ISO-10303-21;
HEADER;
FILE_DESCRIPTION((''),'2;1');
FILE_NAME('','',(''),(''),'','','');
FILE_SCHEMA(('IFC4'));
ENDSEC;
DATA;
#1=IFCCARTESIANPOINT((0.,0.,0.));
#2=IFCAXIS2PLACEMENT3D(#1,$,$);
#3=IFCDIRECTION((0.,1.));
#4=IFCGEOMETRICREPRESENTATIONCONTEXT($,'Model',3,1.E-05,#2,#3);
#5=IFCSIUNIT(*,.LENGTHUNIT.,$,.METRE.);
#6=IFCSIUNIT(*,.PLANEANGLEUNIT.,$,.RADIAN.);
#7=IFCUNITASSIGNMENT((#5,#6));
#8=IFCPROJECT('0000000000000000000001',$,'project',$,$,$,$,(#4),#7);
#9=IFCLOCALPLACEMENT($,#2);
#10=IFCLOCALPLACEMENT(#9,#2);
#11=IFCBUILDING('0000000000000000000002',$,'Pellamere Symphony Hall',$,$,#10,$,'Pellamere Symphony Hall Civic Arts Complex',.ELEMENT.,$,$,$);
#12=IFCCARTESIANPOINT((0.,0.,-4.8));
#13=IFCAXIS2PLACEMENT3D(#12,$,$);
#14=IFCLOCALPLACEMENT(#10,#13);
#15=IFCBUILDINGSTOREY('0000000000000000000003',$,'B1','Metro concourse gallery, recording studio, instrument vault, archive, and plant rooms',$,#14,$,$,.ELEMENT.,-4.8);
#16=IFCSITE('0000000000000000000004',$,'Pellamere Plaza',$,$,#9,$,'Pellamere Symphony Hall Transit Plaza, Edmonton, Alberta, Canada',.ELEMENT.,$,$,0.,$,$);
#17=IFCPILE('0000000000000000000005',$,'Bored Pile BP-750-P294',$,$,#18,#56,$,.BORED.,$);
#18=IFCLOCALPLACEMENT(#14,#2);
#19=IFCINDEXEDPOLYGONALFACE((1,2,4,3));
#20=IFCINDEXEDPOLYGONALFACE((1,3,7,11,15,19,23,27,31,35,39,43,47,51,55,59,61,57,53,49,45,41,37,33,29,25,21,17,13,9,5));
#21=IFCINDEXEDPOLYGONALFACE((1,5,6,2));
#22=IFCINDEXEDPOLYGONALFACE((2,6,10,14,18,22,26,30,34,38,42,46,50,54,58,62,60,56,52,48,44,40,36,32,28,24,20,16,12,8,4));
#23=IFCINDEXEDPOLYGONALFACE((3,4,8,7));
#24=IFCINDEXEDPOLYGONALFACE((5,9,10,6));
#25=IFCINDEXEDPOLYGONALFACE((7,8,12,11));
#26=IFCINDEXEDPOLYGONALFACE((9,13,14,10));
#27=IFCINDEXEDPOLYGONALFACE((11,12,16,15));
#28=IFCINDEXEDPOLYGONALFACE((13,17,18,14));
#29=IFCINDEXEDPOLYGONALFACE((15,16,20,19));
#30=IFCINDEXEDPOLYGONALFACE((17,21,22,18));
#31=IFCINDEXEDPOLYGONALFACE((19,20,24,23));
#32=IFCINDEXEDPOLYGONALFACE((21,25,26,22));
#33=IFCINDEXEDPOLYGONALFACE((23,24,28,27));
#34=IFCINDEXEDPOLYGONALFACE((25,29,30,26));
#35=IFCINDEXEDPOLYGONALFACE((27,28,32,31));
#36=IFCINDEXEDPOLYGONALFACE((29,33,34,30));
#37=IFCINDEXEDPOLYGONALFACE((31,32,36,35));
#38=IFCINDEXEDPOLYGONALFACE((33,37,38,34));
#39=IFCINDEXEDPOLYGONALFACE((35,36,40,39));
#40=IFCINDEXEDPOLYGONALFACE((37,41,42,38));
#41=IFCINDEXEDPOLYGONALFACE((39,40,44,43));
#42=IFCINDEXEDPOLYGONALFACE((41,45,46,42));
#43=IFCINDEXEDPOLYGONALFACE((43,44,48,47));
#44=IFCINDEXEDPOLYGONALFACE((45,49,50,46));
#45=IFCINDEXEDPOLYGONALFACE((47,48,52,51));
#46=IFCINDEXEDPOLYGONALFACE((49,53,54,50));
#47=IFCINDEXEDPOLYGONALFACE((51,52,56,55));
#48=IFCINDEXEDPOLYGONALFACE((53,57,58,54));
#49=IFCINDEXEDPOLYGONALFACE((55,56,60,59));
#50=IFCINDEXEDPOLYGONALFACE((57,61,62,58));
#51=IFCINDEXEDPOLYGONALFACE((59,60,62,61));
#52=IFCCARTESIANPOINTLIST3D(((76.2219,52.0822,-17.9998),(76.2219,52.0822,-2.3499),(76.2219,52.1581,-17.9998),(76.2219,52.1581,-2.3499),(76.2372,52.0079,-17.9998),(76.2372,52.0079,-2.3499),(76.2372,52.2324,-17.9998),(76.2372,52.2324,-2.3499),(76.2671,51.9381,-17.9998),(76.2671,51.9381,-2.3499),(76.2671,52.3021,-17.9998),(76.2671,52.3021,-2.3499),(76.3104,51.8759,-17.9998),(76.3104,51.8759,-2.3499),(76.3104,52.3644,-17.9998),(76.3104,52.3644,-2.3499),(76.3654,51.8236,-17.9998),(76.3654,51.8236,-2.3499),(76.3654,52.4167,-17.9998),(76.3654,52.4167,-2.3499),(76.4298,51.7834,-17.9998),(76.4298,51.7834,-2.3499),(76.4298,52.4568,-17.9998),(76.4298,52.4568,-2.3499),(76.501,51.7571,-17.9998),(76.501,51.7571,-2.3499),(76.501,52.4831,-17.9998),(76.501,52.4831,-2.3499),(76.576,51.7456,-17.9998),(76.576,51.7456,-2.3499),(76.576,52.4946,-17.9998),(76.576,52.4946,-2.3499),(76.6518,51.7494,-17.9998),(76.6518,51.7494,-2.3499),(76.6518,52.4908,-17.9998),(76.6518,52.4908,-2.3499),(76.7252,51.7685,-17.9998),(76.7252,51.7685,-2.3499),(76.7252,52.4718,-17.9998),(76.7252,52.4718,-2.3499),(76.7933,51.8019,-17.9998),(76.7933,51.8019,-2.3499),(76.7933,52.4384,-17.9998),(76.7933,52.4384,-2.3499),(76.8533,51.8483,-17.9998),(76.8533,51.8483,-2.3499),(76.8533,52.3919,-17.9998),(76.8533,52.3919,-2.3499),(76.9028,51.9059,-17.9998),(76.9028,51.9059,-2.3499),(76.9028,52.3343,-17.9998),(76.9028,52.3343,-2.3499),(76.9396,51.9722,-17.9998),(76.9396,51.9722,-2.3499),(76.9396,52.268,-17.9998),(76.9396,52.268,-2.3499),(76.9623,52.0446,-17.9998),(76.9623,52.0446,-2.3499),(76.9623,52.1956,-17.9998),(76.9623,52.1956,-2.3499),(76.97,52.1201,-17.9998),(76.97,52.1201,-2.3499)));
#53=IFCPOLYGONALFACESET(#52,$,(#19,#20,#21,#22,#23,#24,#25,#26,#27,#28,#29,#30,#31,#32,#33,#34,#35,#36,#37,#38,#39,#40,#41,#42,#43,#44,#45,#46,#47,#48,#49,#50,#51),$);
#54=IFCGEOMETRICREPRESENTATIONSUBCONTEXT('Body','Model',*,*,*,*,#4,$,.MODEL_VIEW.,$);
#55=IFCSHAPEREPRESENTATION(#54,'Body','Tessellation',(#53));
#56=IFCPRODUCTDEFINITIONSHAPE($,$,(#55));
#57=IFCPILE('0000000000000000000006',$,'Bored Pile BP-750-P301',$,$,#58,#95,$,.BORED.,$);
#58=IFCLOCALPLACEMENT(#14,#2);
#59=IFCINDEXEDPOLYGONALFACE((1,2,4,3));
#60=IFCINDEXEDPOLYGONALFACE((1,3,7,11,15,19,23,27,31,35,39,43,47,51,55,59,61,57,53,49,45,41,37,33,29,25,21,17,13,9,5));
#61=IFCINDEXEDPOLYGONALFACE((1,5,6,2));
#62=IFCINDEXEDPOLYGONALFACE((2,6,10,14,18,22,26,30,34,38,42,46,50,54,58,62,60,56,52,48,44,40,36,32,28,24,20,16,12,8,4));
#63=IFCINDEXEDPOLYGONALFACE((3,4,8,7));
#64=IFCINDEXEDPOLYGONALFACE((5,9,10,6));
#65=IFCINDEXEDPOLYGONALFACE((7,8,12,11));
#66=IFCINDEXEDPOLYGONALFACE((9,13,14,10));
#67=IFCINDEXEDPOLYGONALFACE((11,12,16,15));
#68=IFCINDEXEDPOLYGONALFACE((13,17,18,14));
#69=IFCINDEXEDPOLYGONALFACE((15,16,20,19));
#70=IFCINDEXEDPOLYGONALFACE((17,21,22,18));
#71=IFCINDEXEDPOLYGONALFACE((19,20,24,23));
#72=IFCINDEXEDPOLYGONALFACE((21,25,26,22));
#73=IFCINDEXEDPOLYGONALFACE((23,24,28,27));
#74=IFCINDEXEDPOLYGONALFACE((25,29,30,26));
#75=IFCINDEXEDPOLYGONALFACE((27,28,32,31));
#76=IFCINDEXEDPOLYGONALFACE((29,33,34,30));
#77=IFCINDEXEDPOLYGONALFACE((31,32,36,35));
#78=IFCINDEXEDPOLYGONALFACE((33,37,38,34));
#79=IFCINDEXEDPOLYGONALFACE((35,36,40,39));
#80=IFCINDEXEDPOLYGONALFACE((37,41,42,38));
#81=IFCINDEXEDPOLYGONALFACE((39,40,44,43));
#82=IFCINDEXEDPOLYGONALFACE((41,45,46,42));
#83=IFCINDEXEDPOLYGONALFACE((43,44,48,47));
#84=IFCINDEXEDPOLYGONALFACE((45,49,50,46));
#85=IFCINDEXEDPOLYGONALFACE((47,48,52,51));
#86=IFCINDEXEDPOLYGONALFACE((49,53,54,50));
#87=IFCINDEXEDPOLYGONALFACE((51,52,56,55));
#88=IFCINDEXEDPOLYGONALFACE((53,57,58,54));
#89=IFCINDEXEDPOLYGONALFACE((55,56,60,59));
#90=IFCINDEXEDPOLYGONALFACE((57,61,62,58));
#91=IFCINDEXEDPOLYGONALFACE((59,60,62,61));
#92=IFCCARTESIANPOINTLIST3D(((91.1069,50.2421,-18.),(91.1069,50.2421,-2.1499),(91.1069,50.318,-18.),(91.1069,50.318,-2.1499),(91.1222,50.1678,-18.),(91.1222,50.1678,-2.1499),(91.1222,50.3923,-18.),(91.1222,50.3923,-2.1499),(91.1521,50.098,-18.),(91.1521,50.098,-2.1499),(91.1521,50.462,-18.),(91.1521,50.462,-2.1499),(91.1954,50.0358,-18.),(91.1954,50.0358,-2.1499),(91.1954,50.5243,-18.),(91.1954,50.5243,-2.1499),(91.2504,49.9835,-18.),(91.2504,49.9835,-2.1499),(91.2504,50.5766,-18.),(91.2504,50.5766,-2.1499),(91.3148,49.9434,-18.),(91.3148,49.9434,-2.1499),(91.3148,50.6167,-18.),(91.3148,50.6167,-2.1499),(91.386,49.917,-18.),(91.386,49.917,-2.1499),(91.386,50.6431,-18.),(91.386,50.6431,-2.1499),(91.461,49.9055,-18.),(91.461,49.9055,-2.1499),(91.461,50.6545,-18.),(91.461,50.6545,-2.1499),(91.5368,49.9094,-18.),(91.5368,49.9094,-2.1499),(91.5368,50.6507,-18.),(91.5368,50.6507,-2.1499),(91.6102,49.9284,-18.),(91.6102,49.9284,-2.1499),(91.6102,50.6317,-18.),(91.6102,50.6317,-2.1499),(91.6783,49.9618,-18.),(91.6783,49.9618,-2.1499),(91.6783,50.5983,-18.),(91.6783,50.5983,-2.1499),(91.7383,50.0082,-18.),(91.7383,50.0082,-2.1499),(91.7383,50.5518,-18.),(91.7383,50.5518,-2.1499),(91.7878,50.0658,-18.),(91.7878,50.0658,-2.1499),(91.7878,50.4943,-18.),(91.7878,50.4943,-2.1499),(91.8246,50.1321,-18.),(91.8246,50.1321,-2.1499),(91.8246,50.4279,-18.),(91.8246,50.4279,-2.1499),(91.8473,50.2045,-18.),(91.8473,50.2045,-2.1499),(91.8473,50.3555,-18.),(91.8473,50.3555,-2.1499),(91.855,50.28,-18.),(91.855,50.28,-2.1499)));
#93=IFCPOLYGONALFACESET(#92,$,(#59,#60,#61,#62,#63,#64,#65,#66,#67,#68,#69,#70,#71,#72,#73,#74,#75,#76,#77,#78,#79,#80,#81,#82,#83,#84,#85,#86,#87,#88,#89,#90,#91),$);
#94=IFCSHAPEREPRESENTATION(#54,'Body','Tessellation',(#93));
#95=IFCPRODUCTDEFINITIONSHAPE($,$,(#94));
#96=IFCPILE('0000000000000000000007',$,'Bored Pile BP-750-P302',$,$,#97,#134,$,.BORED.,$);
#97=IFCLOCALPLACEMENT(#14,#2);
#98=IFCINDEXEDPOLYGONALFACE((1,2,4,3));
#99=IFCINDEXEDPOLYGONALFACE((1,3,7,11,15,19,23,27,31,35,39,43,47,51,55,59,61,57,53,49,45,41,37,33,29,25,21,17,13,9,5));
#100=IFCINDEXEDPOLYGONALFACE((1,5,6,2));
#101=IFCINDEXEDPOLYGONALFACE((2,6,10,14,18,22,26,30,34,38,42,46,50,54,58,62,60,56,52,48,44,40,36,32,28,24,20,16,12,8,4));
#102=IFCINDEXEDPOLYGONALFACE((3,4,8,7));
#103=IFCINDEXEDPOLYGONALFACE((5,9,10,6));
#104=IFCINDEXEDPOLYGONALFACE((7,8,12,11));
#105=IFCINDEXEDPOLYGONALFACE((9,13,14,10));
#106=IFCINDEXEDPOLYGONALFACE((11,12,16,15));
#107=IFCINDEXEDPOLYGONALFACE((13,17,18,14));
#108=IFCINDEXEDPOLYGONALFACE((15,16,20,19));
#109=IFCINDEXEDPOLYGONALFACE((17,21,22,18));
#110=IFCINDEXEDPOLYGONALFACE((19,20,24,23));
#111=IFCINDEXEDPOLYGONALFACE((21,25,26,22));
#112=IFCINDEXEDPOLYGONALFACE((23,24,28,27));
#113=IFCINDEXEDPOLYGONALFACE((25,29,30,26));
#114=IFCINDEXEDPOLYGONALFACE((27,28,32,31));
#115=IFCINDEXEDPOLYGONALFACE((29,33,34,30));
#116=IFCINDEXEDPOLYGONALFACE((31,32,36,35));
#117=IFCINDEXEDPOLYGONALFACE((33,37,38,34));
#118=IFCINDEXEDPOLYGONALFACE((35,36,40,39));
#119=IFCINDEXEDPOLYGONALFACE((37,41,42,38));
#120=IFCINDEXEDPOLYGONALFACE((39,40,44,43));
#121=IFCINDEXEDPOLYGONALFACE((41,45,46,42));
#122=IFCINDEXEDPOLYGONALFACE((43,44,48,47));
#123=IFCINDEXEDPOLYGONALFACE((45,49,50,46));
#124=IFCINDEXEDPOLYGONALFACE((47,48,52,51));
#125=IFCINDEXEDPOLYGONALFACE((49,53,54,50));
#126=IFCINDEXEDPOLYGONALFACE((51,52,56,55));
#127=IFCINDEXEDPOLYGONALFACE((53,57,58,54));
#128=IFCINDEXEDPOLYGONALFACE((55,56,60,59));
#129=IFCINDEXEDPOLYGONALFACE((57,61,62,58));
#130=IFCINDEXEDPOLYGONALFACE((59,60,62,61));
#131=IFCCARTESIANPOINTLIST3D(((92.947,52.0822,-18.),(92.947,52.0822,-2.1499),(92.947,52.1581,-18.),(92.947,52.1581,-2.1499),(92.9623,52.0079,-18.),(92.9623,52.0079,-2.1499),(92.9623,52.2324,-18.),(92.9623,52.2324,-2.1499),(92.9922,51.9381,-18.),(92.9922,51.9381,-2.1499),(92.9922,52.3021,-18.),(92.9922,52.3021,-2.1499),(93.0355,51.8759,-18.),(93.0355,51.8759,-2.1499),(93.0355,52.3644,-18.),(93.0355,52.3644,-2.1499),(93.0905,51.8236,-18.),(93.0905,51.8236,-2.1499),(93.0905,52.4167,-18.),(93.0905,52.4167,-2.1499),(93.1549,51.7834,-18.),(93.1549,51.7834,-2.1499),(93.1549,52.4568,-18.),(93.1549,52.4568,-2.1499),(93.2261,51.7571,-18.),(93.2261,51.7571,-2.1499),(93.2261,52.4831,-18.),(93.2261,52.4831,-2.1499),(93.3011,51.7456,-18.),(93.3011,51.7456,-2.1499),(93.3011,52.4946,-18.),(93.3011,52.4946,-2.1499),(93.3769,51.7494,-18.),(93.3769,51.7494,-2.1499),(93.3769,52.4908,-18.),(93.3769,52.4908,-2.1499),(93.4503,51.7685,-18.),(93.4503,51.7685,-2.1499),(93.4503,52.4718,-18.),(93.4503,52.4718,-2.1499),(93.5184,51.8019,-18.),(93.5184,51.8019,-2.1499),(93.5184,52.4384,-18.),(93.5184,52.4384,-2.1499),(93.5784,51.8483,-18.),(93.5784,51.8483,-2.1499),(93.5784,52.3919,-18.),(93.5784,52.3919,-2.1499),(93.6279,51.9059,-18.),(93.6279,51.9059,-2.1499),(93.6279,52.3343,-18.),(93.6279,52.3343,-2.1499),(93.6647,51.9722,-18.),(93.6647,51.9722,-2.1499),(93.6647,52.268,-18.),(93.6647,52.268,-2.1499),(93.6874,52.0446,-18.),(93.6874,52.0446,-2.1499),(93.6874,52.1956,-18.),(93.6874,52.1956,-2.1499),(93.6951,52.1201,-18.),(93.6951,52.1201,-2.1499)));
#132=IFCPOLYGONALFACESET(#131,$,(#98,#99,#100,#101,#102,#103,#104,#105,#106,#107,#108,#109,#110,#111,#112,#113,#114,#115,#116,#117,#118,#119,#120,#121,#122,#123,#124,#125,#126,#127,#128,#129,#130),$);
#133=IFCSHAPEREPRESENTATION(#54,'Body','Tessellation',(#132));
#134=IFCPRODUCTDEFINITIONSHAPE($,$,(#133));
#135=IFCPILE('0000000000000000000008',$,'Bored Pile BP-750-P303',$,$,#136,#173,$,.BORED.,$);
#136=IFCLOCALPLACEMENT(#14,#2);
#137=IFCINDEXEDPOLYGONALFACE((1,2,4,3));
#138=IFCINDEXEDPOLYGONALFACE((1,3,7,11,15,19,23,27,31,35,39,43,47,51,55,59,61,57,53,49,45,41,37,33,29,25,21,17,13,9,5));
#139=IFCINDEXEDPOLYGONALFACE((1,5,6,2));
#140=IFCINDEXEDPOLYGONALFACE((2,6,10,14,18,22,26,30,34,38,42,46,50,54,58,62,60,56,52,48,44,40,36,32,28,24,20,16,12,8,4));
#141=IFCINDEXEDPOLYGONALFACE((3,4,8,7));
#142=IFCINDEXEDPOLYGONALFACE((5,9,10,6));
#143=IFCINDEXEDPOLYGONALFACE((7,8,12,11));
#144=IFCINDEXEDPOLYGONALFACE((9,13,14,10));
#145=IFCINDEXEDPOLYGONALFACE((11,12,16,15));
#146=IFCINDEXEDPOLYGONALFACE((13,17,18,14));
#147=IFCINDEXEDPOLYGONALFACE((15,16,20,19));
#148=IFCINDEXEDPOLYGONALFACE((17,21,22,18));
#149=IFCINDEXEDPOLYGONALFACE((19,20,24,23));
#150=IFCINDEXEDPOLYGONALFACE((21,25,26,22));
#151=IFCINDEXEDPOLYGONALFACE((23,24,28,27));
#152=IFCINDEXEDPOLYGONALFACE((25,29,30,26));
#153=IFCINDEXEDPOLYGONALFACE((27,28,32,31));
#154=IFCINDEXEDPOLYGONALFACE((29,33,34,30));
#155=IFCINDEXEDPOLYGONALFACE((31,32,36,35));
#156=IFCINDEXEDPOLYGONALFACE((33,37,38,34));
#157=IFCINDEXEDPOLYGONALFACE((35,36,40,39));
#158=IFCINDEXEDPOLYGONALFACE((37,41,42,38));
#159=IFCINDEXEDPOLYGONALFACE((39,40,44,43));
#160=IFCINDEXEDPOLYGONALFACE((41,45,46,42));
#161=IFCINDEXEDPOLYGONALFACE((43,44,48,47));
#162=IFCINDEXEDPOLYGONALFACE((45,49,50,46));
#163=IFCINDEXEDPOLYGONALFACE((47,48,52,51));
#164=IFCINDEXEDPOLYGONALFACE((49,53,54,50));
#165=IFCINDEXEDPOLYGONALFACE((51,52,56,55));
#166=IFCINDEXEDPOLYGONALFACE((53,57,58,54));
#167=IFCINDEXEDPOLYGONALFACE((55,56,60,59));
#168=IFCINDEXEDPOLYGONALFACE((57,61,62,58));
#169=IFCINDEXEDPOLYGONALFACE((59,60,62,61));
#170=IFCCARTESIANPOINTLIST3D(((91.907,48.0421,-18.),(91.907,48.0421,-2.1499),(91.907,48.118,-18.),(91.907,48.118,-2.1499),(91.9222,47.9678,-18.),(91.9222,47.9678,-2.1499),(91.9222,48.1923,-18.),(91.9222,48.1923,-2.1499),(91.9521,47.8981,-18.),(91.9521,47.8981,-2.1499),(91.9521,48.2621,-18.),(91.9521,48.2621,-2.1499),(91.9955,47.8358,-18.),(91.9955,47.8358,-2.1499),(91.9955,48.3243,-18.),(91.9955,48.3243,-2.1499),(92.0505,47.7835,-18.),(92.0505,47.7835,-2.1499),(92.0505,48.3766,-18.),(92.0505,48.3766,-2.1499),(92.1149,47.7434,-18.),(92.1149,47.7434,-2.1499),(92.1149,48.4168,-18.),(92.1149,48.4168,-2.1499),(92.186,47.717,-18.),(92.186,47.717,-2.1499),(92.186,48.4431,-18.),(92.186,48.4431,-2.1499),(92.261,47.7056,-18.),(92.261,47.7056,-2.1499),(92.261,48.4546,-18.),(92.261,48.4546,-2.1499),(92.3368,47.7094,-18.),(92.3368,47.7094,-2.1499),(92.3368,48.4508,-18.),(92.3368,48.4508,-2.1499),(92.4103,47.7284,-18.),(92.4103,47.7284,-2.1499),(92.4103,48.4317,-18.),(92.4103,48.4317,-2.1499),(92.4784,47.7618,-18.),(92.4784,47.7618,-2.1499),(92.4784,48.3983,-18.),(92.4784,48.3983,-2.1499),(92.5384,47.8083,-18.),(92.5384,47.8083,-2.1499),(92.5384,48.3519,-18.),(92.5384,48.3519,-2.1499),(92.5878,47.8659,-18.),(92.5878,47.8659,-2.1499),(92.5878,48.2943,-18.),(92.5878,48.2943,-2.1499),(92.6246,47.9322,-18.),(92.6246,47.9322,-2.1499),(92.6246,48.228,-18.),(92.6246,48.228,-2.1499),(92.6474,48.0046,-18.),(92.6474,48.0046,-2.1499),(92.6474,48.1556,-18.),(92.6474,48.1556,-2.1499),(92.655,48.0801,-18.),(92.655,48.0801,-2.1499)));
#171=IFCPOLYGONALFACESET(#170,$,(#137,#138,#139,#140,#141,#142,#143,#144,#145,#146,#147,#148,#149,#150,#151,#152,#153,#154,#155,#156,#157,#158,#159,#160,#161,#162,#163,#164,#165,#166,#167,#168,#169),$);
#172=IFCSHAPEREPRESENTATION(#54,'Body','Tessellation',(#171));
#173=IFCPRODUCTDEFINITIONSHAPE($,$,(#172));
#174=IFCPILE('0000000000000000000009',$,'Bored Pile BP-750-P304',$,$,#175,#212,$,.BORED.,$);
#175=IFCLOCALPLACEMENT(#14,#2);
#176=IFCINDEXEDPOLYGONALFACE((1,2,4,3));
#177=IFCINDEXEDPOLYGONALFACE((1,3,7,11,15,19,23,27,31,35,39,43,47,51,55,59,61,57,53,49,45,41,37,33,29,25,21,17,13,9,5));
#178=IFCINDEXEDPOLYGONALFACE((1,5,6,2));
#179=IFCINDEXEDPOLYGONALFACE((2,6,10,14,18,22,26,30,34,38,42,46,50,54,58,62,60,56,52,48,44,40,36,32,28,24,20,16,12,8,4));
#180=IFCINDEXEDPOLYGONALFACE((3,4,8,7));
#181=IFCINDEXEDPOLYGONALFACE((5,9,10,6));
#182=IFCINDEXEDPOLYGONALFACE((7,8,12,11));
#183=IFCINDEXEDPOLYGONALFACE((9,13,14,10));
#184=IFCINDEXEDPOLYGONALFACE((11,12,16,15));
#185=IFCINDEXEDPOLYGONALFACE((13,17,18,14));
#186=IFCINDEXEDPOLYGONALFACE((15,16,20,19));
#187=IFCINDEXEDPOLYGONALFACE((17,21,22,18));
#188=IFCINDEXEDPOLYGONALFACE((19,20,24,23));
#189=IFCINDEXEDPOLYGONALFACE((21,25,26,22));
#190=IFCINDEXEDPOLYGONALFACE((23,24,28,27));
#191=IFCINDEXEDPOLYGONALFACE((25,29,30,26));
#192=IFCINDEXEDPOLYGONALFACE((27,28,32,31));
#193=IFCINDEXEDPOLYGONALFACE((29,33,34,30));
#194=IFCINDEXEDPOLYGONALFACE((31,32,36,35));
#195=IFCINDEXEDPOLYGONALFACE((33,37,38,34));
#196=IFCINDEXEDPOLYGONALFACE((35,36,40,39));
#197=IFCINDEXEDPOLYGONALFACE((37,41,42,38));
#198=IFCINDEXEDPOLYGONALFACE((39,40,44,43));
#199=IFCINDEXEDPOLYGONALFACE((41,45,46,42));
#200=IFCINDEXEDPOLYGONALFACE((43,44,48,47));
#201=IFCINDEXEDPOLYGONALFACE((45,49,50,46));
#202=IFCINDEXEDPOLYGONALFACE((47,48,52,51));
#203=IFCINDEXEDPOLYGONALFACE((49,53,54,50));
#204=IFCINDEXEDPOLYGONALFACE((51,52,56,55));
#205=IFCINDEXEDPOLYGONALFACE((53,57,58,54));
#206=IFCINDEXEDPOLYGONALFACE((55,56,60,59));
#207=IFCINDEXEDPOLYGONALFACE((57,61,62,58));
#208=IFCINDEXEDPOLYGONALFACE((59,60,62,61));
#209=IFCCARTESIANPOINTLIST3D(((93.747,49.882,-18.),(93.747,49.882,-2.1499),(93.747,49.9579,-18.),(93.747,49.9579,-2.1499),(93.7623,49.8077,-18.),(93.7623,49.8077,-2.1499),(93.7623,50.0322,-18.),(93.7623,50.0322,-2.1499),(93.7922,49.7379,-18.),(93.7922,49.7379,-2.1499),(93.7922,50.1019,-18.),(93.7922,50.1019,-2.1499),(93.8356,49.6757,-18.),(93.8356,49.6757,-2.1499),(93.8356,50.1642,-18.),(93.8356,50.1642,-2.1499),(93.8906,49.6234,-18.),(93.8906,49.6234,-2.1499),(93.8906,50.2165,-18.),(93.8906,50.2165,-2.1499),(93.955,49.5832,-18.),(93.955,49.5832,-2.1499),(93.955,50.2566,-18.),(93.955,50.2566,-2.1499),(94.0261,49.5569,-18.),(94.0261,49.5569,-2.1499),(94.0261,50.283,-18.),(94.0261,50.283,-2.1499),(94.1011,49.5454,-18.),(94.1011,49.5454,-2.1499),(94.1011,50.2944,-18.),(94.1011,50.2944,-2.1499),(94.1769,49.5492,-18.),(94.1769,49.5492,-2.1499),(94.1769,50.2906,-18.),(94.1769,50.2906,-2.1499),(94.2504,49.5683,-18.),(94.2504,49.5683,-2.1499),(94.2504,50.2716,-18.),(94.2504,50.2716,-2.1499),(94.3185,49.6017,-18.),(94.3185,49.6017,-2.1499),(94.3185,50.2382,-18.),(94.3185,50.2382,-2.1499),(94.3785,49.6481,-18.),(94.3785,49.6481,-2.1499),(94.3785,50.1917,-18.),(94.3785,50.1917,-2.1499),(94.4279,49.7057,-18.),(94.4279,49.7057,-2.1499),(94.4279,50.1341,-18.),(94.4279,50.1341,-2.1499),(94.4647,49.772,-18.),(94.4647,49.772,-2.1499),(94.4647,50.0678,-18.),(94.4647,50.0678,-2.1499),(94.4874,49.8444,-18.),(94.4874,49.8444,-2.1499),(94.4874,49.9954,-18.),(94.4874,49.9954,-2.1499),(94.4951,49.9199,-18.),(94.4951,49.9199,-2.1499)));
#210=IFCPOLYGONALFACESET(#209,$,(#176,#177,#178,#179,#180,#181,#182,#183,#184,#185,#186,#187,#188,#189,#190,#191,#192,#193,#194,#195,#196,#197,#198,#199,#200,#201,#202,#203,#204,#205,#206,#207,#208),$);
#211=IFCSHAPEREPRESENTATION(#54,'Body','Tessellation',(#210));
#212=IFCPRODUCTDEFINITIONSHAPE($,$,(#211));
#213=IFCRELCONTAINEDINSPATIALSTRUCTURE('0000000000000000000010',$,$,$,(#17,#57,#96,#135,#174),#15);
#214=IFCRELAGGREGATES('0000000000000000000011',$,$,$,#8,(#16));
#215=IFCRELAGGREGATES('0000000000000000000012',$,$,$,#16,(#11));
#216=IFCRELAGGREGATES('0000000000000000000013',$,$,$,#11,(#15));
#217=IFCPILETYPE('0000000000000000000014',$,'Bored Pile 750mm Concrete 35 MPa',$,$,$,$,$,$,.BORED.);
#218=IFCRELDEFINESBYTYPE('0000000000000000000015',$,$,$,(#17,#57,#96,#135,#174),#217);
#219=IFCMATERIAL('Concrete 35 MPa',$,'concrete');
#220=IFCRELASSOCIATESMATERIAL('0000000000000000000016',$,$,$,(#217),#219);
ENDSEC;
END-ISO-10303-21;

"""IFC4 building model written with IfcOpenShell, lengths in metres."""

from ifc_helpers import new_model, si_unit, direction, frame, origin, origin_2d, place, context, subcontext, project, spatial, circle, extrude, material, material_profile, profile_set, type_object, element, save


model = new_model("IFC4")

# Units and contexts
model_context = context("Model", 3, precision=1e-05, world=origin(), true_north=direction((0.0, 1.0)))
body_context = subcontext(model_context, "Body", "Model", "MODEL_VIEW")
ifc_project = project(units=[si_unit("LENGTHUNIT", "METRE"), si_unit("PLANEANGLEUNIT", "RADIAN")], contexts=[model_context])

# Site, building, storey
site_placement = place(None, origin())
site = spatial("IfcSite", under=ifc_project, at=site_placement, Name="Pellamere Plaza", LongName="Pellamere Symphony Hall Transit Plaza, Edmonton, Alberta, Canada", CompositionType="ELEMENT", RefElevation=0.0)
building_placement = place(site_placement, origin())
building = spatial("IfcBuilding", under=site, at=building_placement, Name="Pellamere Symphony Hall", LongName="Pellamere Symphony Hall Civic Arts Complex", CompositionType="ELEMENT")
storey_placement = place(building_placement, frame((0.0, 0.0, -4.8)))
storey = spatial("IfcBuildingStorey", under=building, at=storey_placement, Name="B1", Description="Metro concourse gallery, recording studio, instrument vault, archive, and plant rooms", CompositionType="ELEMENT", Elevation=-4.8)

# Piles
ifc_material_1 = material(Name="Concrete 35 MPa", Category="concrete")
ifc_material_profile_1 = material_profile(ifc_material_1, circle(Radius=0.375, at=origin_2d()), Name="PILE D750")
ifc_profile_set_1 = profile_set([ifc_material_profile_1], Name="Concrete 35 MPa")
pile_type = type_object("IfcPileType", Name="Bored Pile 750mm Concrete 35 MPa", PredefinedType="BORED", material=ifc_profile_set_1)
pile_1_placement = place(storey_placement, frame((76.595, 52.1201, -2.3499), z_axis=(0.0, 0.0, -1.0), x_axis=(1.0, 0.0, 0.0)))
element("IfcPile", 1, at=pile_1_placement, inside=storey, type_object=pile_type, Name="Bored Pile BP-750-P294", PredefinedType="BORED", context=body_context, shape_type="SweptSolid", body=[
    extrude(circle(Radius=0.375, at=origin_2d()), origin(), (0.0, 0.0, 1.0), 15.6499),
])
for number, where, z_axis, x_axis, name in (
    (2, (91.48, 50.28, -2.1499), (0.0, 0.0, -1.0), (1.0, 0.0, 0.0), "Bored Pile BP-750-P301"),
    (3, (93.3201, 52.1201, -2.1499), (0.0, 0.0, -1.0), (1.0, 0.0, 0.0), "Bored Pile BP-750-P302"),
    (4, (92.28, 48.0801, -2.1499), (0.0, 0.0, -1.0), (1.0, 0.0, 0.0), "Bored Pile BP-750-P303"),
    (5, (94.1201, 49.9199, -2.1499), (0.0, 0.0, -1.0), (1.0, 0.0, 0.0), "Bored Pile BP-750-P304"),
):
    element("IfcPile", number, at=place(storey_placement, frame(where, z_axis=z_axis, x_axis=x_axis)), inside=storey, type_object=pile_type, Name=name, PredefinedType="BORED", context=body_context, shape_type="SweptSolid", body=[
        extrude(circle(Radius=0.375, at=origin_2d()), origin(), (0.0, 0.0, 1.0), 15.8501),
    ])

save(model, "model.ifc")
